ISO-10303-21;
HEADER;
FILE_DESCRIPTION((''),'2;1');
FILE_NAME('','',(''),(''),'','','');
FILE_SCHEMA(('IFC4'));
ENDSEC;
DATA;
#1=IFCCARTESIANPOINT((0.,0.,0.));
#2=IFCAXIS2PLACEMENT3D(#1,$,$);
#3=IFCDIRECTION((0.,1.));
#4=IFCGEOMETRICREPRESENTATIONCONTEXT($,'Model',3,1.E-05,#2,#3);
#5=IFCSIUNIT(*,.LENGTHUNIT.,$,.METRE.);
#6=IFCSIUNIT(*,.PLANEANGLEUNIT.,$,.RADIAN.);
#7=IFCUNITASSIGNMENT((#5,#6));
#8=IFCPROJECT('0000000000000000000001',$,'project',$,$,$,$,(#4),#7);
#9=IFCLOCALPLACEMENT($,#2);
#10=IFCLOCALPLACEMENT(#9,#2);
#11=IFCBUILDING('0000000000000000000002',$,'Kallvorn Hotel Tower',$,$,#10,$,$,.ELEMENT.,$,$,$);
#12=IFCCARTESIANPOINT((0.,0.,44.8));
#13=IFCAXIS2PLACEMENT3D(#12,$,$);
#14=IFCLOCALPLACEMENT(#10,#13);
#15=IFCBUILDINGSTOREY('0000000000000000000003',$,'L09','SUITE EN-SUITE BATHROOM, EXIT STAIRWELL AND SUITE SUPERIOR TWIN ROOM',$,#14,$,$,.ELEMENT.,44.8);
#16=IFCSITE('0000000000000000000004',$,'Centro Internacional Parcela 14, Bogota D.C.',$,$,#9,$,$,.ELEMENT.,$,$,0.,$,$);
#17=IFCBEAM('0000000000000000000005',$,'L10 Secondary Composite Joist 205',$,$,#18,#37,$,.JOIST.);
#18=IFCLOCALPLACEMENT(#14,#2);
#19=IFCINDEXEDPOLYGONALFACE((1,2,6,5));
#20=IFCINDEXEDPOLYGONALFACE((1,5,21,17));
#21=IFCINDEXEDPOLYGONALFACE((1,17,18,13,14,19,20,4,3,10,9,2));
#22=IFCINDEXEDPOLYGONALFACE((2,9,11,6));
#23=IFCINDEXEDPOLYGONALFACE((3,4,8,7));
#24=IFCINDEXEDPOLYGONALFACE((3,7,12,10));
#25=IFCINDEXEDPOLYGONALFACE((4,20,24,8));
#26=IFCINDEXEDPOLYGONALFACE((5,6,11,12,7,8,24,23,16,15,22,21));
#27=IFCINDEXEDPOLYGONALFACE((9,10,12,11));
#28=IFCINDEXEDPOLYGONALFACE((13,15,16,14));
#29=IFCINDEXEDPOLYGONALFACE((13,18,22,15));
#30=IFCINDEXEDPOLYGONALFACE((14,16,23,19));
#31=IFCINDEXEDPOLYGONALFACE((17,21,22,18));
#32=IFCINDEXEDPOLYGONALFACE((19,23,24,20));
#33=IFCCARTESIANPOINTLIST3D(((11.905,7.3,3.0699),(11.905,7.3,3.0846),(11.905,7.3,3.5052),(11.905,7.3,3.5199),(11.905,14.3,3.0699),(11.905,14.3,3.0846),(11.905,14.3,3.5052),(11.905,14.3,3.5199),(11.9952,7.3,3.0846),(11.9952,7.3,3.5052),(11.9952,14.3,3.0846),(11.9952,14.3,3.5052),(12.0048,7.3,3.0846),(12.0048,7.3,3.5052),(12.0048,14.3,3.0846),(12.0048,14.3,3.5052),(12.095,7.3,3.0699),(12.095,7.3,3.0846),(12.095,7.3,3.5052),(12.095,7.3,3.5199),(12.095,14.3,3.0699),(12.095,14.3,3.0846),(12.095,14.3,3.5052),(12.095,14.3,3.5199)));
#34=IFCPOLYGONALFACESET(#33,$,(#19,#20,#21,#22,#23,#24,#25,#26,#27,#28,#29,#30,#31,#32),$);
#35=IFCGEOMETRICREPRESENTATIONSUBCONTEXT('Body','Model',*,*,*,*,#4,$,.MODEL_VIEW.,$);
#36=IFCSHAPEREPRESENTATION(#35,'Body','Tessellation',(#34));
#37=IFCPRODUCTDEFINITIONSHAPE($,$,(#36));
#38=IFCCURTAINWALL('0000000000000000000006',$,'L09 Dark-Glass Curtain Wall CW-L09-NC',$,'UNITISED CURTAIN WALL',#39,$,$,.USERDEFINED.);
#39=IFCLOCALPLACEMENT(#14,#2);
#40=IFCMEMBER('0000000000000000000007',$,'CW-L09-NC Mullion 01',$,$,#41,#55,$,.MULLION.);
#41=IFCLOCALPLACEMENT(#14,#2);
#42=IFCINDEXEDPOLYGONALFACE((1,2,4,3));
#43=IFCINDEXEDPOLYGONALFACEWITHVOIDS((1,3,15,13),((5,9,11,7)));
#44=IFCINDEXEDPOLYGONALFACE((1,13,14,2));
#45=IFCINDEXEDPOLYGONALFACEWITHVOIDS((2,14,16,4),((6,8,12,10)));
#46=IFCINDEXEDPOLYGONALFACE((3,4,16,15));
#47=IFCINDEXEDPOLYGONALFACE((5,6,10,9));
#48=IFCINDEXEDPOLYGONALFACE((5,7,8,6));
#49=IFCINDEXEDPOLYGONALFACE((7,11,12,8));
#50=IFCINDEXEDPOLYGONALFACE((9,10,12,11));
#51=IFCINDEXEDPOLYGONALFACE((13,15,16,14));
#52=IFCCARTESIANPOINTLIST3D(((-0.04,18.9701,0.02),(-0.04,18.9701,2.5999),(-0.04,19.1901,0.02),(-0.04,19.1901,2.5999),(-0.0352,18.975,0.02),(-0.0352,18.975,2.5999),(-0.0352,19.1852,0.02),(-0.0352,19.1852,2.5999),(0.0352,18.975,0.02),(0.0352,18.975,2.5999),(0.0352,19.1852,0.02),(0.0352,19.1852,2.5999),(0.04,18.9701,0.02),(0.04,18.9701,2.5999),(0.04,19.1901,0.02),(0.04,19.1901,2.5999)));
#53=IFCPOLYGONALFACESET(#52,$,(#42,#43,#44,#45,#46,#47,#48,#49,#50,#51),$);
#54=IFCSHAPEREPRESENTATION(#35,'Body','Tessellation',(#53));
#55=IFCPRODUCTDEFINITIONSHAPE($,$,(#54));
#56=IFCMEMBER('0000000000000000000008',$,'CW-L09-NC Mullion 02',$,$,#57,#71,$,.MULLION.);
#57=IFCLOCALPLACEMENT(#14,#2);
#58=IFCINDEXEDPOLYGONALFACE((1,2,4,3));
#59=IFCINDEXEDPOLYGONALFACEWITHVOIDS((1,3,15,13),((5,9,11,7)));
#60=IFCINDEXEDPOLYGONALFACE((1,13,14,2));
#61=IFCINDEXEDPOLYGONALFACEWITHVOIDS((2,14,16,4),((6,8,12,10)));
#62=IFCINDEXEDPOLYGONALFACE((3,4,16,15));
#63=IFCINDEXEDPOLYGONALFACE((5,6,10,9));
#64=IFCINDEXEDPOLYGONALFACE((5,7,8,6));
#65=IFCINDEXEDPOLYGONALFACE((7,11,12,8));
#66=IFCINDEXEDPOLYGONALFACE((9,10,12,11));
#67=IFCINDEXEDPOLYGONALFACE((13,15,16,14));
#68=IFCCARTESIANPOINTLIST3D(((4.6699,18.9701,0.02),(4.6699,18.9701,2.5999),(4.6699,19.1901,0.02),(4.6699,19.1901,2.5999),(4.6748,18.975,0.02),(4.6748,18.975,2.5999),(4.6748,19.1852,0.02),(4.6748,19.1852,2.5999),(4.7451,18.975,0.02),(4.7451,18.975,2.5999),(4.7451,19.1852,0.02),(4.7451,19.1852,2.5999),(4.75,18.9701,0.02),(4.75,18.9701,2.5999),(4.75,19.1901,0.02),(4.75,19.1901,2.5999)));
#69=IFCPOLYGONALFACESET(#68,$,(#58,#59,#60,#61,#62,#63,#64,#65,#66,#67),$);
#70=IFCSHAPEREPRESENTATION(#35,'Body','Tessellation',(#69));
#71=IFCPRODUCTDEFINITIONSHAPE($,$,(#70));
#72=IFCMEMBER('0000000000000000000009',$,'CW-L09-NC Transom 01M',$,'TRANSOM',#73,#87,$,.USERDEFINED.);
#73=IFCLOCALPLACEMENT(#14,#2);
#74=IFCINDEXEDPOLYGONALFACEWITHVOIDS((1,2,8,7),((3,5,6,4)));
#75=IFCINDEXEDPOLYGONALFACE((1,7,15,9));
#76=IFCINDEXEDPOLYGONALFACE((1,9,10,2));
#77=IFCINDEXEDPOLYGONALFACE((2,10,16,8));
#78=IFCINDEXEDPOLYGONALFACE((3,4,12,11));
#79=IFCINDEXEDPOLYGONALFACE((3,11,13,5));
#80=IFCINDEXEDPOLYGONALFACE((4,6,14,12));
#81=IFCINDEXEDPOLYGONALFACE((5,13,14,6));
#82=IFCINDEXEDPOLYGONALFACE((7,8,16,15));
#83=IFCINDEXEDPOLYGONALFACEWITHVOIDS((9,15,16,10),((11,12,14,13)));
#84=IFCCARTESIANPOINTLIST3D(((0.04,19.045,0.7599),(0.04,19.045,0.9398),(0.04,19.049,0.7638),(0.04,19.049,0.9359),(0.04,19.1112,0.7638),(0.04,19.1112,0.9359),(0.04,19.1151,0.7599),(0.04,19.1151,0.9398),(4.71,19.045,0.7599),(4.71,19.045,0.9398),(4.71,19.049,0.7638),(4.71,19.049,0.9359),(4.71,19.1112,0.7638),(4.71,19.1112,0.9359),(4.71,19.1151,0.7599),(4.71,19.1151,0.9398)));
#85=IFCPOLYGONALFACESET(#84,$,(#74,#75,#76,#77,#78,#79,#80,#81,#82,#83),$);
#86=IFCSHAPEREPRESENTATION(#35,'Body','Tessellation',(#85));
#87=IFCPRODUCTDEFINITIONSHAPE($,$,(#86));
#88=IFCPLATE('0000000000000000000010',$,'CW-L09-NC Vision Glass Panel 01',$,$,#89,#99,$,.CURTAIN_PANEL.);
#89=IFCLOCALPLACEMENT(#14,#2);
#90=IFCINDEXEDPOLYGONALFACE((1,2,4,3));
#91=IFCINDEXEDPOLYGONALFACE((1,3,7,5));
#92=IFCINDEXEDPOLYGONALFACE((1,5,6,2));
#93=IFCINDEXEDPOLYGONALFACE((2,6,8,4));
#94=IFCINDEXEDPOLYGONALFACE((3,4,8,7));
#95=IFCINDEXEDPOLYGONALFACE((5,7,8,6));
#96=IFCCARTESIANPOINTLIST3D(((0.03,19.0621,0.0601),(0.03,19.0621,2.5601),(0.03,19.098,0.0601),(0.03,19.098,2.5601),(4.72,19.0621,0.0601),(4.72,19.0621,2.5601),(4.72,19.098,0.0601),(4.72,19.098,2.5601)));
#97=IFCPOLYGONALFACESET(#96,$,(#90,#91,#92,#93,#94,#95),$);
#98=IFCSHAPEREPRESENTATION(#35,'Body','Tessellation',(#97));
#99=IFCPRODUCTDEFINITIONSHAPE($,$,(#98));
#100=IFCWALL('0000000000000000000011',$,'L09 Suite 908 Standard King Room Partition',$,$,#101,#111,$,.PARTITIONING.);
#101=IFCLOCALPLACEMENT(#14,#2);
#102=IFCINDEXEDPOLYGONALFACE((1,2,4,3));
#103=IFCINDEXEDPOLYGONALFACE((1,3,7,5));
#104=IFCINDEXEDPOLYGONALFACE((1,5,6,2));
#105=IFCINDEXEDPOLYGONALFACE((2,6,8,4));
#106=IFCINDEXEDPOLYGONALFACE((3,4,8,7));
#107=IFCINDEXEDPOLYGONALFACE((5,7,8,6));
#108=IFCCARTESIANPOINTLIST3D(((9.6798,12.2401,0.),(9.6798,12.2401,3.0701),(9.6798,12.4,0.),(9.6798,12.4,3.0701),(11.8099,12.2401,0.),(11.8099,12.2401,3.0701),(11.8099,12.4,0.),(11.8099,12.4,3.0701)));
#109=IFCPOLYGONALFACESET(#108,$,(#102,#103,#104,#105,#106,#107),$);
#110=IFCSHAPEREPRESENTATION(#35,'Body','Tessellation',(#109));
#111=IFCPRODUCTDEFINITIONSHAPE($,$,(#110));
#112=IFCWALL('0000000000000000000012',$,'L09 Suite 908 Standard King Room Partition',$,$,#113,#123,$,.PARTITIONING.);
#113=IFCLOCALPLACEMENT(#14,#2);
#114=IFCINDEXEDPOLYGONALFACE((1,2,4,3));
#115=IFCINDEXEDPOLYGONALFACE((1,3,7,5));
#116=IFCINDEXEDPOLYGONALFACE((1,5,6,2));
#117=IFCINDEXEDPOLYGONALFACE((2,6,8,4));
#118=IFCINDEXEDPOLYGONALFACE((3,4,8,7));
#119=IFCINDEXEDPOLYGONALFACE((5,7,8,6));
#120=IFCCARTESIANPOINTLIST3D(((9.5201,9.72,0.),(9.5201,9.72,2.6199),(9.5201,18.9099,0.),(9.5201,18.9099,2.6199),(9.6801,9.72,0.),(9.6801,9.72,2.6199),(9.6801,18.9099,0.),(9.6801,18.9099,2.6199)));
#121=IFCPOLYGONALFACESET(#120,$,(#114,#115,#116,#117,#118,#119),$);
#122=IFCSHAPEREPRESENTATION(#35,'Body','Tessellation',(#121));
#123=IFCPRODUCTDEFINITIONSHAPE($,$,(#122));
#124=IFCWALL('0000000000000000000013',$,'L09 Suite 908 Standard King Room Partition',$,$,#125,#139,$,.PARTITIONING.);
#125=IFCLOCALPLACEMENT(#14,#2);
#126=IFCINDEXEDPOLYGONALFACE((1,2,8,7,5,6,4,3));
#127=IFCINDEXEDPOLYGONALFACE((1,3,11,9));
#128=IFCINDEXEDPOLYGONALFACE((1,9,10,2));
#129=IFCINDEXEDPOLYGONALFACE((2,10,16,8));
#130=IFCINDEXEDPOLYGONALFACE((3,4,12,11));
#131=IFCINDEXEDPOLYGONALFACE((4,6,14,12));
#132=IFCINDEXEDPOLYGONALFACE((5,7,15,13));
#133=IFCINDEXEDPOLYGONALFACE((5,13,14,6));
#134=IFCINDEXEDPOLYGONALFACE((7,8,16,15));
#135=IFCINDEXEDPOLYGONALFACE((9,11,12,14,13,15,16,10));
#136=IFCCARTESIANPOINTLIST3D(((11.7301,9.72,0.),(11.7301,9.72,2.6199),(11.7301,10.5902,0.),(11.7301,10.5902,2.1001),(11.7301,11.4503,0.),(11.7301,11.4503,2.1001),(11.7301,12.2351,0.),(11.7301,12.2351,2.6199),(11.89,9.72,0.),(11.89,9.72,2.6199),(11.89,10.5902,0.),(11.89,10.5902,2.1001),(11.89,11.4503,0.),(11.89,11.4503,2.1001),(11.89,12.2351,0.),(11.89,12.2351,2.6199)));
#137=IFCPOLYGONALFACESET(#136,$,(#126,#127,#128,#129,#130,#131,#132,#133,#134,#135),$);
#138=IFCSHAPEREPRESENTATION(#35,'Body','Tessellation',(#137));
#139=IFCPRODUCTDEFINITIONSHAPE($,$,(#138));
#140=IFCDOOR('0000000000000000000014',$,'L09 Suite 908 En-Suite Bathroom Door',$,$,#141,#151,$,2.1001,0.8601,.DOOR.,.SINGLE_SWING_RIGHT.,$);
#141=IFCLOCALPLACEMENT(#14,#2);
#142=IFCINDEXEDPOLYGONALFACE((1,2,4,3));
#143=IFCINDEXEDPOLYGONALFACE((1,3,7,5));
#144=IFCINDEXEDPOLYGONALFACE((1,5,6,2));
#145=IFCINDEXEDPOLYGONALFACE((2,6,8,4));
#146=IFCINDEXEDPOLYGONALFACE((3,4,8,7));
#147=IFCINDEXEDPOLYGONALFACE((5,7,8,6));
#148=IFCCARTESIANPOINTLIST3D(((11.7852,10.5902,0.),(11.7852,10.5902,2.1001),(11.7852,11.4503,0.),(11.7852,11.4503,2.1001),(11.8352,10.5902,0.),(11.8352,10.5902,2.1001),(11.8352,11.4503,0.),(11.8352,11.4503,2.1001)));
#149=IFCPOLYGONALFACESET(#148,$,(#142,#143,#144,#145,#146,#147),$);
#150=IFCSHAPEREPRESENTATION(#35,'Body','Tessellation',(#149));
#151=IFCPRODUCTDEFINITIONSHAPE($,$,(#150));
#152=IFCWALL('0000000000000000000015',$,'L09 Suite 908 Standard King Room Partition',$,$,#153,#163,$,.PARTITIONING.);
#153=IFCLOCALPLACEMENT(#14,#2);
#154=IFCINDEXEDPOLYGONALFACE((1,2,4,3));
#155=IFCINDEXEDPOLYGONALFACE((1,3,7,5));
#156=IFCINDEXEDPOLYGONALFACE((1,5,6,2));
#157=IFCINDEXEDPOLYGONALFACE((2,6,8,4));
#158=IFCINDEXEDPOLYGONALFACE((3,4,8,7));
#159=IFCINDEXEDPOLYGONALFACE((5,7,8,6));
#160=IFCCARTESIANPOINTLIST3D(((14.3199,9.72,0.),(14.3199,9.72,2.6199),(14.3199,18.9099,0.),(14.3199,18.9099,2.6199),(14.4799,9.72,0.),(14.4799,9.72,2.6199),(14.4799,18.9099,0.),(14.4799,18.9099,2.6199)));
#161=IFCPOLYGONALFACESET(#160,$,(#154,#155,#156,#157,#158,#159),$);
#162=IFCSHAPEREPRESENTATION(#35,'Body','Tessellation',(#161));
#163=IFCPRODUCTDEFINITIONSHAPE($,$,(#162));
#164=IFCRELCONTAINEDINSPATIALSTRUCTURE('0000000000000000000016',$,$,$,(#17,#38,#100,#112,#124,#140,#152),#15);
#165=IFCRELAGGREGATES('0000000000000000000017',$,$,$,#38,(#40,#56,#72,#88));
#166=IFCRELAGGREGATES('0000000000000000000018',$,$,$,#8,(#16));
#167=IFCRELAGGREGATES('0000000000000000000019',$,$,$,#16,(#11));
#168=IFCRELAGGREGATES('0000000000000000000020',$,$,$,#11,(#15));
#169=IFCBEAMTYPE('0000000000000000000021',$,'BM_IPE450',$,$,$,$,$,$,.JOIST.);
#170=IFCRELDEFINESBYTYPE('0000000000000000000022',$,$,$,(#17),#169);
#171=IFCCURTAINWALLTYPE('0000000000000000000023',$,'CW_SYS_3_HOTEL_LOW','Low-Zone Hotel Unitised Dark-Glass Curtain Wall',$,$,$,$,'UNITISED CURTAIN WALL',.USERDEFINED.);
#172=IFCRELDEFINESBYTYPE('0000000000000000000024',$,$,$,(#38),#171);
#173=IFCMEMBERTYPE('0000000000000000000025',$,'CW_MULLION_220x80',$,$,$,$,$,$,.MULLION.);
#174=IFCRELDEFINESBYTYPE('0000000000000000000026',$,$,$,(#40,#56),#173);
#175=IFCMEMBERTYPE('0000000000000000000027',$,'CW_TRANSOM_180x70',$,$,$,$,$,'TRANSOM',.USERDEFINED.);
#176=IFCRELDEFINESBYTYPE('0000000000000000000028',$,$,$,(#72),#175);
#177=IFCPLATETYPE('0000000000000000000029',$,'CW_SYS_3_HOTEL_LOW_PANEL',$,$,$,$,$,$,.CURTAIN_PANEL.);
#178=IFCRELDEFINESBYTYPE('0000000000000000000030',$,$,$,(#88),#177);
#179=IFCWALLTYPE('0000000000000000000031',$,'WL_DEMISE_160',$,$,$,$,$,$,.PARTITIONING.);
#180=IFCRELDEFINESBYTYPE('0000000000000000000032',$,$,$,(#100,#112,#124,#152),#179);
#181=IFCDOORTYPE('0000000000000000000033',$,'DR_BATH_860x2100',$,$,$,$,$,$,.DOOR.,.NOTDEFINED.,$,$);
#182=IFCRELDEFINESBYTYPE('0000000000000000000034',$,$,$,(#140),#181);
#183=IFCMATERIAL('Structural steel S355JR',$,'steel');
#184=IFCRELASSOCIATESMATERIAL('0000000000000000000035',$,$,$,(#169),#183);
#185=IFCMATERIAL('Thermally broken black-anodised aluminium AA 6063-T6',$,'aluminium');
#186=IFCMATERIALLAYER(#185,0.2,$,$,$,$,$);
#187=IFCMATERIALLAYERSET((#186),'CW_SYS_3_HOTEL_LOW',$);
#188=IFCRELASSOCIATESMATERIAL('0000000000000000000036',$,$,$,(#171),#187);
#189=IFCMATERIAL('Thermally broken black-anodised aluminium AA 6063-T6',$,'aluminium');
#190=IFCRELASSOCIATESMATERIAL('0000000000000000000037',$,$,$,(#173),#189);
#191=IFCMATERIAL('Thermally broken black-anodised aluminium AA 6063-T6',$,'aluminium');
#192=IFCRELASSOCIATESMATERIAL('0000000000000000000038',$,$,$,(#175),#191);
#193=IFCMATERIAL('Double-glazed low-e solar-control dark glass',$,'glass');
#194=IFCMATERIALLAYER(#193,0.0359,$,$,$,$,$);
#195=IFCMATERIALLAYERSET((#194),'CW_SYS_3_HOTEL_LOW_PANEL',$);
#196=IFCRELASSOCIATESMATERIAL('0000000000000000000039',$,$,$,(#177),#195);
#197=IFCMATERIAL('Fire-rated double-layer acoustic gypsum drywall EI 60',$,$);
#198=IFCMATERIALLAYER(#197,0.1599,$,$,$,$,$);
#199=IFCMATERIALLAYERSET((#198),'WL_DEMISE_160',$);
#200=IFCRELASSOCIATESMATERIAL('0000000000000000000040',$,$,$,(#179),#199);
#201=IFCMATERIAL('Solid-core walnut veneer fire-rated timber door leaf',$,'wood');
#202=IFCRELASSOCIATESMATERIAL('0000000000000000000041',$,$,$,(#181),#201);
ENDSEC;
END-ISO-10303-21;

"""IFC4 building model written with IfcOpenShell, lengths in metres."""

from ifc_helpers import new_model, si_unit, direction, frame, frame_2d, origin, origin_2d, place, context, subcontext, project, spatial, rectangle, hollow_rectangle, i_section, extrude, material, layer, layer_set, material_profile, profile_set, type_object, element, fill, aggregate, save


model = new_model("IFC4")

# Units and contexts
model_context = context("Model", 3, precision=1e-05, world=origin(), true_north=direction((0.0, 1.0)))
body_context = subcontext(model_context, "Body", "Model", "MODEL_VIEW")
ifc_project = project(units=[si_unit("LENGTHUNIT", "METRE"), si_unit("PLANEANGLEUNIT", "RADIAN")], contexts=[model_context])

# Site, building, storey
site_placement = place(None, origin())
site = spatial("IfcSite", under=ifc_project, at=site_placement, Name="Centro Internacional Parcela 14, Bogota D.C.", CompositionType="ELEMENT", RefElevation=0.0)
building_placement = place(site_placement, origin())
building = spatial("IfcBuilding", under=site, at=building_placement, Name="Kallvorn Hotel Tower", CompositionType="ELEMENT")
storey_placement = place(building_placement, frame((0.0, 0.0, 44.8)))
storey = spatial("IfcBuildingStorey", under=building, at=storey_placement, Name="L09", Description="SUITE EN-SUITE BATHROOM, EXIT STAIRWELL AND SUITE SUPERIOR TWIN ROOM", CompositionType="ELEMENT", Elevation=44.8)

# Beam
ifc_material_1 = material(Name="Structural steel S355JR", Category="steel")
ifc_material_profile_1 = material_profile(ifc_material_1, i_section(OverallWidth=0.1899, OverallDepth=0.45, WebThickness=0.0095, FlangeThickness=0.0146, at=origin_2d()), Name="IPE 450")
ifc_profile_set_1 = profile_set([ifc_material_profile_1], Name="Structural steel S355JR")
beam_type_1 = type_object("IfcBeamType", Name="BM_IPE450", PredefinedType="JOIST", material=ifc_profile_set_1)
for number, where, z_axis, x_axis, name in (
    (1, (12.0, 7.3, 3.2949), (0.0, 1.0, 0.0), (-1.0, 0.0, 0.0), "L10 Secondary Composite Joist 205"),
):
    element("IfcBeam", number, at=place(storey_placement, frame(where, z_axis=z_axis, x_axis=x_axis)), inside=storey, type_object=beam_type_1, Name=name, PredefinedType="JOIST", context=body_context, shape_type="SweptSolid", body=[
        extrude(i_section(OverallWidth=0.1899, OverallDepth=0.45, WebThickness=0.0095, FlangeThickness=0.0146, at=origin_2d()), origin(), (0.0, 0.0, 1.0), 7.0),
    ])

# Curtain wall, members, plate
ifc_material_2 = material(Name="Thermally broken black-anodised aluminium AA 6063-T6", Category="aluminium")
ifc_layer_1 = layer(ifc_material_2, 0.2)
ifc_layer_set_1 = layer_set([ifc_layer_1], Name="CW_SYS_3_HOTEL_LOW")
curtain_wall_type = type_object("IfcCurtainWallType", Name="CW_SYS_3_HOTEL_LOW", Description="Low-Zone Hotel Unitised Dark-Glass Curtain Wall", ElementType="UNITISED CURTAIN WALL", PredefinedType="USERDEFINED", material=ifc_layer_set_1)
curtain_wall_placement = place(storey_placement, origin())
curtain_wall = element("IfcCurtainWall", 2, at=curtain_wall_placement, inside=storey, type_object=curtain_wall_type, Name="L09 Dark-Glass Curtain Wall CW-L09-NC", ObjectType="UNITISED CURTAIN WALL", PredefinedType="USERDEFINED")
ifc_material_3 = material(Name="Thermally broken black-anodised aluminium AA 6063-T6", Category="aluminium")
ifc_material_profile_2 = material_profile(ifc_material_3, hollow_rectangle(XDim=0.0801, YDim=0.22, WallThickness=0.0049, at=origin_2d()), Name="MUL 220x80")
ifc_profile_set_2 = profile_set([ifc_material_profile_2], Name="Thermally broken black-anodised aluminium AA 6063-T6")
member_type_1 = type_object("IfcMemberType", Name="CW_MULLION_220x80", PredefinedType="MULLION", material=ifc_profile_set_2)
member_1_placement = place(storey_placement, frame((0.0, 19.0801, 0.02), z_axis=(0.0, 0.0, 1.0), x_axis=(1.0, 0.0, 0.0)))
member_1 = element("IfcMember", 3, at=member_1_placement, type_object=member_type_1, Name="CW-L09-NC Mullion 01", PredefinedType="MULLION", context=body_context, shape_type="SweptSolid", body=[
    extrude(hollow_rectangle(XDim=0.0801, YDim=0.22, WallThickness=0.0049, at=origin_2d()), origin(), (0.0, 0.0, 1.0), 2.5798),
])
member_2_placement = place(storey_placement, frame((4.71, 19.0801, 0.02), z_axis=(0.0, 0.0, 1.0), x_axis=(1.0, 0.0, 0.0)))
member_2 = element("IfcMember", 4, at=member_2_placement, type_object=member_type_1, Name="CW-L09-NC Mullion 02", PredefinedType="MULLION", context=body_context, shape_type="SweptSolid", body=[
    extrude(hollow_rectangle(XDim=0.0801, YDim=0.22, WallThickness=0.0049, at=origin_2d()), origin(), (0.0, 0.0, 1.0), 2.5798),
])
ifc_material_4 = material(Name="Thermally broken black-anodised aluminium AA 6063-T6", Category="aluminium")
ifc_material_profile_3 = material_profile(ifc_material_4, hollow_rectangle(XDim=0.0701, YDim=0.1799, WallThickness=0.0039, at=origin_2d()), Name="TRN 180x70")
ifc_profile_set_3 = profile_set([ifc_material_profile_3], Name="Thermally broken black-anodised aluminium AA 6063-T6")
member_type_2 = type_object("IfcMemberType", Name="CW_TRANSOM_180x70", ElementType="TRANSOM", PredefinedType="USERDEFINED", material=ifc_profile_set_3)
member_3_placement = place(storey_placement, frame((0.04, 19.0801, 0.8499), z_axis=(1.0, 0.0, 0.0), x_axis=(0.0, 1.0, 0.0)))
member_3 = element("IfcMember", 5, at=member_3_placement, type_object=member_type_2, Name="CW-L09-NC Transom 01M", ObjectType="TRANSOM", PredefinedType="USERDEFINED", context=body_context, shape_type="SweptSolid", body=[
    extrude(hollow_rectangle(XDim=0.0701, YDim=0.1799, WallThickness=0.0039, at=origin_2d()), origin(), (0.0, 0.0, 1.0), 4.6699),
])
ifc_material_5 = material(Name="Double-glazed low-e solar-control dark glass", Category="glass")
ifc_layer_2 = layer(ifc_material_5, 0.0359)
ifc_layer_set_2 = layer_set([ifc_layer_2], Name="CW_SYS_3_HOTEL_LOW_PANEL")
plate_type = type_object("IfcPlateType", Name="CW_SYS_3_HOTEL_LOW_PANEL", PredefinedType="CURTAIN_PANEL", material=ifc_layer_set_2)
plate_placement = place(storey_placement, frame((2.375, 19.0801, 0.0601), z_axis=(0.0, 0.0, 1.0), x_axis=(1.0, 0.0, 0.0)))
plate = element("IfcPlate", 6, at=plate_placement, type_object=plate_type, Name="CW-L09-NC Vision Glass Panel 01", PredefinedType="CURTAIN_PANEL", context=body_context, shape_type="SweptSolid", body=[
    extrude(rectangle(XDim=4.6899, YDim=0.0359, at=origin_2d()), origin(), (0.0, 0.0, 1.0), 2.5),
])
aggregate(curtain_wall, [member_1, member_2, member_3, plate])

# Walls
ifc_material_6 = material(Name="Fire-rated double-layer acoustic gypsum drywall EI 60")
ifc_layer_3 = layer(ifc_material_6, 0.1599)
ifc_layer_set_3 = layer_set([ifc_layer_3], Name="WL_DEMISE_160")
wall_type_1 = type_object("IfcWallType", Name="WL_DEMISE_160", PredefinedType="PARTITIONING", material=ifc_layer_set_3)
wall_1_placement = place(storey_placement, frame((9.6799, 12.3201, 0.0), z_axis=(0.0, 0.0, 1.0), x_axis=(1.0, 0.0, 0.0)))
element("IfcWall", 7, at=wall_1_placement, inside=storey, type_object=wall_type_1, Name="L09 Suite 908 Standard King Room Partition", PredefinedType="PARTITIONING", context=body_context, shape_type="SweptSolid", body=[
    extrude(rectangle(XDim=2.1301, YDim=0.1599, at=frame_2d((1.0649, 0.0))), origin(), (0.0, 0.0, 1.0), 3.0701),
])
wall_2_placement = place(storey_placement, frame((9.6001, 9.72, 0.0), z_axis=(0.0, 0.0, 1.0), x_axis=(0.0, 1.0, 0.0)))
element("IfcWall", 8, at=wall_2_placement, inside=storey, type_object=wall_type_1, Name="L09 Suite 908 Standard King Room Partition", PredefinedType="PARTITIONING", context=body_context, shape_type="SweptSolid", body=[
    extrude(rectangle(XDim=9.1899, YDim=0.1599, at=frame_2d((4.595, 0.0))), origin(), (0.0, 0.0, 1.0), 2.6199),
])

# Wall, opening, door
wall_3_placement = place(storey_placement, frame((11.8101, 9.72, 0.0), z_axis=(0.0, 0.0, 1.0), x_axis=(0.0, 1.0, 0.0)))
wall_3 = element("IfcWall", 9, at=wall_3_placement, inside=storey, type_object=wall_type_1, Name="L09 Suite 908 Standard King Room Partition", PredefinedType="PARTITIONING", context=body_context, shape_type="SweptSolid", body=[
    extrude(rectangle(XDim=2.5151, YDim=0.1599, at=frame_2d((1.2576, 0.0))), origin(), (0.0, 0.0, 1.0), 2.6199),
])
opening_1_placement = place(wall_3_placement, frame((0.8701, 0.0, 0.0)))
opening_1 = element("IfcOpeningElement", 10, at=opening_1_placement, cuts=wall_3, PredefinedType="OPENING", context=body_context, shape_type="SweptSolid", body=[
    extrude(rectangle(XDim=0.8601, YDim=2.1001, at=frame_2d((0.4302, 1.05))), frame((0.0, 0.095, 0.0), z_axis=(0.0, -1.0, 0.0), x_axis=(1.0, 0.0, 0.0)), (0.0, 0.0, 1.0), 0.1899),
])
ifc_material_7 = material(Name="Solid-core walnut veneer fire-rated timber door leaf", Category="wood")
door_type = type_object("IfcDoorType", Name="DR_BATH_860x2100", OperationType="NOTDEFINED", PredefinedType="DOOR", material=ifc_material_7)
door_placement = place(opening_1_placement, origin())
door = element("IfcDoor", 11, at=door_placement, inside=storey, type_object=door_type, Name="L09 Suite 908 En-Suite Bathroom Door", OperationType="SINGLE_SWING_RIGHT", OverallHeight=2.1001, OverallWidth=0.8601, PredefinedType="DOOR", context=body_context, shape_type="SweptSolid", body=[
    extrude(rectangle(XDim=0.8601, YDim=2.1001, at=frame_2d((0.4302, 1.05))), frame((0.0, 0.0249, 0.0), z_axis=(0.0, -1.0, 0.0), x_axis=(1.0, 0.0, 0.0)), (0.0, 0.0, 1.0), 0.05),
])
fill(opening_1, door)

# Wall
wall_4_placement = place(storey_placement, frame((14.3999, 9.72, 0.0), z_axis=(0.0, 0.0, 1.0), x_axis=(0.0, 1.0, 0.0)))
element("IfcWall", 12, at=wall_4_placement, inside=storey, type_object=wall_type_1, Name="L09 Suite 908 Standard King Room Partition", PredefinedType="PARTITIONING", context=body_context, shape_type="SweptSolid", body=[
    extrude(rectangle(XDim=9.1899, YDim=0.1599, at=frame_2d((4.595, 0.0))), origin(), (0.0, 0.0, 1.0), 2.6199),
])

save(model, "model.ifc")
